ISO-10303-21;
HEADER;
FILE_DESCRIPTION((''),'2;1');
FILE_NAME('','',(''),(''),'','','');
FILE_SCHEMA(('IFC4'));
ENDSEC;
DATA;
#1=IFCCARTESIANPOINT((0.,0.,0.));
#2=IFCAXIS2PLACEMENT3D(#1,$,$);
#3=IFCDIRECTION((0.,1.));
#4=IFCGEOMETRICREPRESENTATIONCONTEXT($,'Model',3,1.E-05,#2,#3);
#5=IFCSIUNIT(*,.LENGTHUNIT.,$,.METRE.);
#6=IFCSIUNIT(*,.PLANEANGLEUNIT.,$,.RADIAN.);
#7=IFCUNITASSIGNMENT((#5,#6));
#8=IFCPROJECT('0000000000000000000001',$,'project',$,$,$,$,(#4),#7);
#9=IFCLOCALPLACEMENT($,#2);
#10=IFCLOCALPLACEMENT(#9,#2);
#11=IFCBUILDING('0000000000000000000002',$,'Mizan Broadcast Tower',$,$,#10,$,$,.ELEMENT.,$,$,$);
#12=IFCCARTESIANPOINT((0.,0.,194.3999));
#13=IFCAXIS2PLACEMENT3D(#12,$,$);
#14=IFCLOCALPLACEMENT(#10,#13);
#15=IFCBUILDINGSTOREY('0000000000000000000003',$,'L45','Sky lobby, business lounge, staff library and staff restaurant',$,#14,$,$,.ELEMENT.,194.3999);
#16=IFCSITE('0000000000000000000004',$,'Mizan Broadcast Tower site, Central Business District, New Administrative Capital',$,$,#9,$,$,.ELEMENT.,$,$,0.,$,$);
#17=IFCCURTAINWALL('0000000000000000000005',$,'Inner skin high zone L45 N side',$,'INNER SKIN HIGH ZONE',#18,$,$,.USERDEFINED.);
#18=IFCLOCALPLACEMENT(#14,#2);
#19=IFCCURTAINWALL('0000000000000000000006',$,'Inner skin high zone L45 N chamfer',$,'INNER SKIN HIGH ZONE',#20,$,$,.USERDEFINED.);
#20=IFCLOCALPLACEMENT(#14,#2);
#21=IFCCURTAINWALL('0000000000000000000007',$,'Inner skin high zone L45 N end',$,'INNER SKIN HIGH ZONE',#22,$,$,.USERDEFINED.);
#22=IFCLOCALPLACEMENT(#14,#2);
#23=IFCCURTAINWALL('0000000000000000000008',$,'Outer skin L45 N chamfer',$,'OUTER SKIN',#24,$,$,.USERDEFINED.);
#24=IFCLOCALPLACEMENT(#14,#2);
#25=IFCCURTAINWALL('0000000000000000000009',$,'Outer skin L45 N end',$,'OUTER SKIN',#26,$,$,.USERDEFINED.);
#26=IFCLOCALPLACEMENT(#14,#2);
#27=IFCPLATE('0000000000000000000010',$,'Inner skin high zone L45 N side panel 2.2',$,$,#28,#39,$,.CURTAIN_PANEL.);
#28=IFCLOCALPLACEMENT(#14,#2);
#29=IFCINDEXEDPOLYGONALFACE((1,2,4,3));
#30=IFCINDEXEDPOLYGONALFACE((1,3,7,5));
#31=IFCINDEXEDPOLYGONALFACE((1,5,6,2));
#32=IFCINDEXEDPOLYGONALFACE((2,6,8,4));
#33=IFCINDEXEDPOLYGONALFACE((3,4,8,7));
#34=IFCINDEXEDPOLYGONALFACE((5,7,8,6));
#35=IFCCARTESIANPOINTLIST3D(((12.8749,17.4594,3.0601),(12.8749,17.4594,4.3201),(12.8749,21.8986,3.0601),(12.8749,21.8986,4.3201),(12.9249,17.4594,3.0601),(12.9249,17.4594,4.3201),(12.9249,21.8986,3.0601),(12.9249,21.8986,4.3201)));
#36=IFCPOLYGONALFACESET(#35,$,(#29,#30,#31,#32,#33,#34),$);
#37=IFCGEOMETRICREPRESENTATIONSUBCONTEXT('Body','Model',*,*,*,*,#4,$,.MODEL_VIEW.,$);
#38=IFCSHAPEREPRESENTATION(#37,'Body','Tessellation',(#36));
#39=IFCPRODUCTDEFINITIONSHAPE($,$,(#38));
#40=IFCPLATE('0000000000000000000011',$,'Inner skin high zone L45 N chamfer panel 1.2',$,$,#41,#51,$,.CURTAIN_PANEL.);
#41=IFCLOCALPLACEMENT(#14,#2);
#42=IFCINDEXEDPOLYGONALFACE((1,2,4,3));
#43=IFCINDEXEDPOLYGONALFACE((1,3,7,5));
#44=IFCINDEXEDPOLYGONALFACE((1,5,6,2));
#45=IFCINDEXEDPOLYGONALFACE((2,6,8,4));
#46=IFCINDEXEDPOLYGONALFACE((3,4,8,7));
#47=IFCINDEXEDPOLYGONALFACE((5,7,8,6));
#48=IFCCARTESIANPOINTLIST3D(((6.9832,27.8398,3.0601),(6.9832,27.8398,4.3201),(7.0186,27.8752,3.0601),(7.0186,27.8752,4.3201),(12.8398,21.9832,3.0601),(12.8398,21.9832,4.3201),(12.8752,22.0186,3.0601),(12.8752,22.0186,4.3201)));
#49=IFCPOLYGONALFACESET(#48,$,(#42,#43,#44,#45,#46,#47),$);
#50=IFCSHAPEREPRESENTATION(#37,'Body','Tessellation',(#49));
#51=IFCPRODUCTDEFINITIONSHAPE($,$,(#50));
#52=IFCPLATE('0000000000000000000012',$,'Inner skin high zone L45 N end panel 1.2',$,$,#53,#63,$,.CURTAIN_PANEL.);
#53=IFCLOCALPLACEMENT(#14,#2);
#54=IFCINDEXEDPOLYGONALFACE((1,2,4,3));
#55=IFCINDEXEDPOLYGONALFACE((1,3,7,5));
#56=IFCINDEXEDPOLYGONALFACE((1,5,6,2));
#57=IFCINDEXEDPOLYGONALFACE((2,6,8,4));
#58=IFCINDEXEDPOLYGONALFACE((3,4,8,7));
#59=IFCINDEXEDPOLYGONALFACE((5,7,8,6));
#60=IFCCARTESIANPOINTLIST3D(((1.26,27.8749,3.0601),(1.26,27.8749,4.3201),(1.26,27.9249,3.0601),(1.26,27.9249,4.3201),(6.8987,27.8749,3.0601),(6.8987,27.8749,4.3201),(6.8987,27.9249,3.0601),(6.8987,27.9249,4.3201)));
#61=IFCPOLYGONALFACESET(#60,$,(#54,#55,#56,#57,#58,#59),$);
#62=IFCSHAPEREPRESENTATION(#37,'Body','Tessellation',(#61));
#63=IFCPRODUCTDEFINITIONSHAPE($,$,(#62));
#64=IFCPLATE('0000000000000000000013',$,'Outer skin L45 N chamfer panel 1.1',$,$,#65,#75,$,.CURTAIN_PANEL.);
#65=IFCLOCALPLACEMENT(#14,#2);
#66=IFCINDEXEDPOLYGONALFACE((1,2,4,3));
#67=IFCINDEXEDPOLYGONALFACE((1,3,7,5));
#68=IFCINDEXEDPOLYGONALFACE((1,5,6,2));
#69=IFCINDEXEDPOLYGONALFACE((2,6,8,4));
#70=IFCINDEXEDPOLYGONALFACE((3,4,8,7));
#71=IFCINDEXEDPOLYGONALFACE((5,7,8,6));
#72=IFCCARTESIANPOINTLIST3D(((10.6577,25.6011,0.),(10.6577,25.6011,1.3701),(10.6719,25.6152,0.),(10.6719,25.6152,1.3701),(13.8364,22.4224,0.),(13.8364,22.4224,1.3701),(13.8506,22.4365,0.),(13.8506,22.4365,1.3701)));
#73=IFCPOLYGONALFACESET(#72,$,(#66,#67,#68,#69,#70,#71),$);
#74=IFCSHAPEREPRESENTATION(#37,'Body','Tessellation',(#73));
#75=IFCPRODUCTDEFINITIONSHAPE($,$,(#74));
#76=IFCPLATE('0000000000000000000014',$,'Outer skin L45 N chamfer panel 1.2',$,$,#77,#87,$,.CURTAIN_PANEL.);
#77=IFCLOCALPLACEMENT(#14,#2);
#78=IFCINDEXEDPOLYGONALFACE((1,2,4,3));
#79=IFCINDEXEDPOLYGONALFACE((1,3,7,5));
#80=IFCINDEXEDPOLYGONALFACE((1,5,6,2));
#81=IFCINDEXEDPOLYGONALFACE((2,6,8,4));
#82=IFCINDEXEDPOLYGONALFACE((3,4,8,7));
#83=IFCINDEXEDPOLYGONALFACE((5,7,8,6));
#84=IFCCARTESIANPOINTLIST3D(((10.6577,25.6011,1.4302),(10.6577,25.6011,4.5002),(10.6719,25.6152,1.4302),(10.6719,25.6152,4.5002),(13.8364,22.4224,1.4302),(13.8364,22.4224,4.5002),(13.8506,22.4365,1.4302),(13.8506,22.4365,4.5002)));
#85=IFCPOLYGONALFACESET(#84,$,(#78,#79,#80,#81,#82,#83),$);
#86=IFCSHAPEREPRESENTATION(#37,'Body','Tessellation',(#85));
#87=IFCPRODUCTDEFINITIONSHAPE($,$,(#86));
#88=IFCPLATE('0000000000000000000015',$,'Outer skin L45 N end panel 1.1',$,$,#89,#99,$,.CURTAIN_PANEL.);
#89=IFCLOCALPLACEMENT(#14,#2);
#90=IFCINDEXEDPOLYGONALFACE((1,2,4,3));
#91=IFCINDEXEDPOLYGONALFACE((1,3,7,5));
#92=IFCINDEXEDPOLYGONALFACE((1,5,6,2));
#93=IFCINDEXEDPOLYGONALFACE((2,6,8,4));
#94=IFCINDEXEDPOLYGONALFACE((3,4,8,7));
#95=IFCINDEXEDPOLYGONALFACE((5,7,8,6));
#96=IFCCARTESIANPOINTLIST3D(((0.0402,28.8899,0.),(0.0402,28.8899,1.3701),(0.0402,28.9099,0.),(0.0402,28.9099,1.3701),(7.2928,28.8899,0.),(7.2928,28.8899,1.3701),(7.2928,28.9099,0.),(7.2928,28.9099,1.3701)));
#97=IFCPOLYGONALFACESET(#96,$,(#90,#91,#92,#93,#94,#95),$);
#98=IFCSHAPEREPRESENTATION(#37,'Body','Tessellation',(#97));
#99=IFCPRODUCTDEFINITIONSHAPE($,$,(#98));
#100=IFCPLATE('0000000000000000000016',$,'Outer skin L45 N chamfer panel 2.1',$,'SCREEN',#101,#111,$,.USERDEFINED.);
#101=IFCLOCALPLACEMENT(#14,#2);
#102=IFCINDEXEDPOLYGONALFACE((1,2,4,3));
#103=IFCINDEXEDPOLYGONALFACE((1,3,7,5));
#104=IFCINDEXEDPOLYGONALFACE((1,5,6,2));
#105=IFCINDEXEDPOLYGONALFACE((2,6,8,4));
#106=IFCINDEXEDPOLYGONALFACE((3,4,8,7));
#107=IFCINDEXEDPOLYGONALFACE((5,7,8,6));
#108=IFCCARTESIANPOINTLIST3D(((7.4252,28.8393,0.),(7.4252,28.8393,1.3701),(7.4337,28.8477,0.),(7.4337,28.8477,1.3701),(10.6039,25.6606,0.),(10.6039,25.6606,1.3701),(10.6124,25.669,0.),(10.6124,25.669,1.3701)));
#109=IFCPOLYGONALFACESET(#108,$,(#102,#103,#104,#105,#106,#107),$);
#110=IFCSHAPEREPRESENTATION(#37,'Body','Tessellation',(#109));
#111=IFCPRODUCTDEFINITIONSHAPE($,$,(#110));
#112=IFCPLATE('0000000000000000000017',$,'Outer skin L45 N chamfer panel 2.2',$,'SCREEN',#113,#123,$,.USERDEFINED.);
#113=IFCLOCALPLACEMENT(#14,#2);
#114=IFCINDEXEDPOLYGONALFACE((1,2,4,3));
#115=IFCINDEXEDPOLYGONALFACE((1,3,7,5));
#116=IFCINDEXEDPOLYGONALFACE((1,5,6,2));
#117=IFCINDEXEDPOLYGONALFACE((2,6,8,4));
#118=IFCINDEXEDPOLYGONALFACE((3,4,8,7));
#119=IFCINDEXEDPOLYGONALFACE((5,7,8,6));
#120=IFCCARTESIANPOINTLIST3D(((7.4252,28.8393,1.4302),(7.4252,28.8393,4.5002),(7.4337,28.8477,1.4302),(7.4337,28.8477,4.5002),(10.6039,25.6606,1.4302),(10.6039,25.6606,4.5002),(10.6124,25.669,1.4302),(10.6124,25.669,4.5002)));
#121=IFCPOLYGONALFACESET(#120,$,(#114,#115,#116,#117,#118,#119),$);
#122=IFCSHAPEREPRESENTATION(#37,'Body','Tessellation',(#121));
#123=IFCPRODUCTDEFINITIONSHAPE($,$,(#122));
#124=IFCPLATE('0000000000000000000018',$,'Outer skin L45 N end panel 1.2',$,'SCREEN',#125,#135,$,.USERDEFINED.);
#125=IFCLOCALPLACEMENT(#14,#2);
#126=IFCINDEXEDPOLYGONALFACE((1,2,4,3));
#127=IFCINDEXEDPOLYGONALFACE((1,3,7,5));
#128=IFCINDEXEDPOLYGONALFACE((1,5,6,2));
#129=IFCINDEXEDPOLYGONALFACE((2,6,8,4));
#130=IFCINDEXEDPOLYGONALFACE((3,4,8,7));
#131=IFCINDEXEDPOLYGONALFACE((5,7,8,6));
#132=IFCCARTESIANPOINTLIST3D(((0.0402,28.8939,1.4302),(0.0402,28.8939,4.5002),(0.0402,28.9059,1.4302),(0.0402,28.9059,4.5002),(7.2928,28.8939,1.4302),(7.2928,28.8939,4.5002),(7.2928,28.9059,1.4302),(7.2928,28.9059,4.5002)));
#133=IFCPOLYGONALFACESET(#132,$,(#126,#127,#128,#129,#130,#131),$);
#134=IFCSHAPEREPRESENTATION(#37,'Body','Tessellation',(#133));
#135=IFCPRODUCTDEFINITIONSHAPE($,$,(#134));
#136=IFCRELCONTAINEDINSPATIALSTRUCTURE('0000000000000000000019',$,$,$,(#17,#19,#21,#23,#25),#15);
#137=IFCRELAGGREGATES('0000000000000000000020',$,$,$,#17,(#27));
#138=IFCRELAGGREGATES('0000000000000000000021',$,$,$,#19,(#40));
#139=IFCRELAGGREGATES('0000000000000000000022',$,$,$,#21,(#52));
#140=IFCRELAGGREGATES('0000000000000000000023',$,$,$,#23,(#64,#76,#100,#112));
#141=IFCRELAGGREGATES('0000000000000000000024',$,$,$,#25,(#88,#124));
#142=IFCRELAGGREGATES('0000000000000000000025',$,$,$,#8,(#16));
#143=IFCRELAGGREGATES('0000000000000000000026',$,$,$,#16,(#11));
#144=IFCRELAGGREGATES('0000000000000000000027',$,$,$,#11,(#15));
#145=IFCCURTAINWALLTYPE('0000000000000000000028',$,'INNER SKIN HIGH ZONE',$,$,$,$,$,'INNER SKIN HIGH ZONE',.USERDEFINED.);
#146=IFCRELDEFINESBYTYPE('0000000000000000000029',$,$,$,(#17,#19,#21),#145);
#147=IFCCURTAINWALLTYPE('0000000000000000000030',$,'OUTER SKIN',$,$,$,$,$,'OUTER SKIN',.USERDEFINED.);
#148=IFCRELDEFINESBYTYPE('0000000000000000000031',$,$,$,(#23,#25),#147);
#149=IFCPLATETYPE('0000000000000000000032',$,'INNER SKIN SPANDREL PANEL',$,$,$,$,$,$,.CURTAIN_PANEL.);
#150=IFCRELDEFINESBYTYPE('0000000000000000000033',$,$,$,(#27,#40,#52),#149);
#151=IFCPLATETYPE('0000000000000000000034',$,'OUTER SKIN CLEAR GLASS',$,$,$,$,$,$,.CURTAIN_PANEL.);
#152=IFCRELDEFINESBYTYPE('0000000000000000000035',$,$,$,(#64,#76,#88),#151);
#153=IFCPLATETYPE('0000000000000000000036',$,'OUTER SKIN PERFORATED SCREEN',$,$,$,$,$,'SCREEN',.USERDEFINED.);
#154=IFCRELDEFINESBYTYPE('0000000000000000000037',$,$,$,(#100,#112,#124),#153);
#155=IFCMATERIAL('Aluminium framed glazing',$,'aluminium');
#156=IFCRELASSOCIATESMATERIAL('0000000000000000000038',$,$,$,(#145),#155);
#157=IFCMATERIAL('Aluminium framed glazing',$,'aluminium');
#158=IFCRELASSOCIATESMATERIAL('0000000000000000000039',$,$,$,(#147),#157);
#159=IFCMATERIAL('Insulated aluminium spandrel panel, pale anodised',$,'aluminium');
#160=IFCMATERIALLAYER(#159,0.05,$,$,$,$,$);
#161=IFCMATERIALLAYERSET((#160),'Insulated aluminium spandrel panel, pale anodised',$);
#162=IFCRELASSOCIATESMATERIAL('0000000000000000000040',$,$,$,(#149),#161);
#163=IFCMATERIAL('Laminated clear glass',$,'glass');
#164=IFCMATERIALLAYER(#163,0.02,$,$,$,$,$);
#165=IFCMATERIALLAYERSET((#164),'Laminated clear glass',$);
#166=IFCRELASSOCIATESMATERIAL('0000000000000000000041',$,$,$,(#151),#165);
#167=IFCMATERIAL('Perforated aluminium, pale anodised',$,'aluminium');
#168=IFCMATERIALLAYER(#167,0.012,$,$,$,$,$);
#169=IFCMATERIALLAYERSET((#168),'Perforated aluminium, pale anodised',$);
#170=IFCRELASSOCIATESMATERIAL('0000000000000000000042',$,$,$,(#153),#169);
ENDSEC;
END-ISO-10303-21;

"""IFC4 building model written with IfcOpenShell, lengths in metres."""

from ifc_helpers import new_model, si_unit, direction, frame, origin, origin_2d, place, context, subcontext, project, spatial, rectangle, extrude, material, layer, layer_set, type_object, element, aggregate, save


model = new_model("IFC4")

# Units and contexts
model_context = context("Model", 3, precision=1e-05, world=origin(), true_north=direction((0.0, 1.0)))
body_context = subcontext(model_context, "Body", "Model", "MODEL_VIEW")
ifc_project = project(units=[si_unit("LENGTHUNIT", "METRE"), si_unit("PLANEANGLEUNIT", "RADIAN")], contexts=[model_context])

# Site, building, storey
site_placement = place(None, origin())
site = spatial("IfcSite", under=ifc_project, at=site_placement, Name="Mizan Broadcast Tower site, Central Business District, New Administrative Capital", CompositionType="ELEMENT", RefElevation=0.0)
building_placement = place(site_placement, origin())
building = spatial("IfcBuilding", under=site, at=building_placement, Name="Mizan Broadcast Tower", CompositionType="ELEMENT")
storey_placement = place(building_placement, frame((0.0, 0.0, 194.3999)))
storey = spatial("IfcBuildingStorey", under=building, at=storey_placement, Name="L45", Description="Sky lobby, business lounge, staff library and staff restaurant", CompositionType="ELEMENT", Elevation=194.3999)

# Curtain wall
ifc_material_1 = material(Name="Aluminium framed glazing", Category="aluminium")
curtain_wall_type_1 = type_object("IfcCurtainWallType", Name="INNER SKIN HIGH ZONE", ElementType="INNER SKIN HIGH ZONE", PredefinedType="USERDEFINED", material=ifc_material_1)
curtain_wall_1_placement = place(storey_placement, origin())
curtain_wall_1 = element("IfcCurtainWall", 1, at=curtain_wall_1_placement, inside=storey, type_object=curtain_wall_type_1, Name="Inner skin high zone L45 N side", ObjectType="INNER SKIN HIGH ZONE", PredefinedType="USERDEFINED")

# Curtain walls
curtain_wall_2_placement = place(storey_placement, origin())
curtain_wall_2 = element("IfcCurtainWall", 2, at=curtain_wall_2_placement, inside=storey, type_object=curtain_wall_type_1, Name="Inner skin high zone L45 N chamfer", ObjectType="INNER SKIN HIGH ZONE", PredefinedType="USERDEFINED")
curtain_wall_3_placement = place(storey_placement, origin())
curtain_wall_3 = element("IfcCurtainWall", 3, at=curtain_wall_3_placement, inside=storey, type_object=curtain_wall_type_1, Name="Inner skin high zone L45 N end", ObjectType="INNER SKIN HIGH ZONE", PredefinedType="USERDEFINED")

# Curtain wall
ifc_material_2 = material(Name="Aluminium framed glazing", Category="aluminium")
curtain_wall_type_2 = type_object("IfcCurtainWallType", Name="OUTER SKIN", ElementType="OUTER SKIN", PredefinedType="USERDEFINED", material=ifc_material_2)
curtain_wall_4_placement = place(storey_placement, origin())
curtain_wall_4 = element("IfcCurtainWall", 4, at=curtain_wall_4_placement, inside=storey, type_object=curtain_wall_type_2, Name="Outer skin L45 N chamfer", ObjectType="OUTER SKIN", PredefinedType="USERDEFINED")

# Curtain wall
curtain_wall_5_placement = place(storey_placement, origin())
curtain_wall_5 = element("IfcCurtainWall", 5, at=curtain_wall_5_placement, inside=storey, type_object=curtain_wall_type_2, Name="Outer skin L45 N end", ObjectType="OUTER SKIN", PredefinedType="USERDEFINED")

# Plates
ifc_material_3 = material(Name="Insulated aluminium spandrel panel, pale anodised", Category="aluminium")
ifc_layer_1 = layer(ifc_material_3, 0.05)
ifc_layer_set_1 = layer_set([ifc_layer_1], Name="Insulated aluminium spandrel panel, pale anodised")
plate_type_1 = type_object("IfcPlateType", Name="INNER SKIN SPANDREL PANEL", PredefinedType="CURTAIN_PANEL", material=ifc_layer_set_1)
plate_1_placement = place(storey_placement, frame((12.8999, 19.679, 3.0601), z_axis=(0.0, 0.0, 1.0), x_axis=(0.0, 1.0, 0.0)))
plate_1 = element("IfcPlate", 6, at=plate_1_placement, type_object=plate_type_1, Name="Inner skin high zone L45 N side panel 2.2", PredefinedType="CURTAIN_PANEL", context=body_context, shape_type="SweptSolid", body=[
    extrude(rectangle(XDim=4.4392, YDim=0.05, at=origin_2d()), origin(), (0.0, 0.0, 1.0), 1.26),
])
aggregate(curtain_wall_1, [plate_1])
plate_2_placement = place(storey_placement, frame((9.9292, 24.9292, 3.0601), z_axis=(0.0, 0.0, 1.0), x_axis=(-0.707107, 0.707107, 0.0)))
plate_2 = element("IfcPlate", 7, at=plate_2_placement, type_object=plate_type_1, Name="Inner skin high zone L45 N chamfer panel 1.2", PredefinedType="CURTAIN_PANEL", context=body_context, shape_type="SweptSolid", body=[
    extrude(rectangle(XDim=8.2825, YDim=0.05, at=origin_2d()), origin(), (0.0, 0.0, 1.0), 1.26),
])
aggregate(curtain_wall_2, [plate_2])
plate_3_placement = place(storey_placement, frame((4.0793, 27.8999, 3.0601), z_axis=(0.0, 0.0, 1.0), x_axis=(-1.0, 0.0, 0.0)))
plate_3 = element("IfcPlate", 8, at=plate_3_placement, type_object=plate_type_1, Name="Inner skin high zone L45 N end panel 1.2", PredefinedType="CURTAIN_PANEL", context=body_context, shape_type="SweptSolid", body=[
    extrude(rectangle(XDim=5.6387, YDim=0.05, at=origin_2d()), origin(), (0.0, 0.0, 1.0), 1.26),
])
aggregate(curtain_wall_3, [plate_3])
ifc_material_4 = material(Name="Laminated clear glass", Category="glass")
ifc_layer_2 = layer(ifc_material_4, 0.02)
ifc_layer_set_2 = layer_set([ifc_layer_2], Name="Laminated clear glass")
plate_type_2 = type_object("IfcPlateType", Name="OUTER SKIN CLEAR GLASS", PredefinedType="CURTAIN_PANEL", material=ifc_layer_set_2)
plate_4_placement = place(storey_placement, frame((12.2542, 24.0188, 0.0), z_axis=(0.0, 0.0, 1.0), x_axis=(-0.707107, 0.707107, 0.0)))
plate_4 = element("IfcPlate", 9, at=plate_4_placement, type_object=plate_type_2, Name="Outer skin L45 N chamfer panel 1.1", PredefinedType="CURTAIN_PANEL", context=body_context, shape_type="SweptSolid", body=[
    extrude(rectangle(XDim=4.4954, YDim=0.02, at=origin_2d()), origin(), (0.0, 0.0, 1.0), 1.3701),
])
plate_5_placement = place(storey_placement, frame((12.2542, 24.0188, 1.4302), z_axis=(0.0, 0.0, 1.0), x_axis=(-0.707107, 0.707107, 0.0)))
plate_5 = element("IfcPlate", 10, at=plate_5_placement, type_object=plate_type_2, Name="Outer skin L45 N chamfer panel 1.2", PredefinedType="CURTAIN_PANEL", context=body_context, shape_type="SweptSolid", body=[
    extrude(rectangle(XDim=4.4954, YDim=0.02, at=origin_2d()), origin(), (0.0, 0.0, 1.0), 3.0701),
])
plate_6_placement = place(storey_placement, frame((3.6665, 28.8999, 0.0), z_axis=(0.0, 0.0, 1.0), x_axis=(-1.0, 0.0, 0.0)))
plate_6 = element("IfcPlate", 11, at=plate_6_placement, type_object=plate_type_2, Name="Outer skin L45 N end panel 1.1", PredefinedType="CURTAIN_PANEL", context=body_context, shape_type="SweptSolid", body=[
    extrude(rectangle(XDim=7.2527, YDim=0.02, at=origin_2d()), origin(), (0.0, 0.0, 1.0), 1.3701),
])
ifc_material_5 = material(Name="Perforated aluminium, pale anodised", Category="aluminium")
ifc_layer_3 = layer(ifc_material_5, 0.012)
ifc_layer_set_3 = layer_set([ifc_layer_3], Name="Perforated aluminium, pale anodised")
plate_type_3 = type_object("IfcPlateType", Name="OUTER SKIN PERFORATED SCREEN", ElementType="SCREEN", PredefinedType="USERDEFINED", material=ifc_layer_set_3)
plate_7_placement = place(storey_placement, frame((9.0188, 27.2542, 0.0), z_axis=(0.0, 0.0, 1.0), x_axis=(-0.707107, 0.707107, 0.0)))
plate_7 = element("IfcPlate", 12, at=plate_7_placement, type_object=plate_type_3, Name="Outer skin L45 N chamfer panel 2.1", ObjectType="SCREEN", PredefinedType="USERDEFINED", context=body_context, shape_type="SweptSolid", body=[
    extrude(rectangle(XDim=4.4954, YDim=0.012, at=origin_2d()), origin(), (0.0, 0.0, 1.0), 1.3701),
])
plate_8_placement = place(storey_placement, frame((9.0188, 27.2542, 1.4302), z_axis=(0.0, 0.0, 1.0), x_axis=(-0.707107, 0.707107, 0.0)))
plate_8 = element("IfcPlate", 13, at=plate_8_placement, type_object=plate_type_3, Name="Outer skin L45 N chamfer panel 2.2", ObjectType="SCREEN", PredefinedType="USERDEFINED", context=body_context, shape_type="SweptSolid", body=[
    extrude(rectangle(XDim=4.4954, YDim=0.012, at=origin_2d()), origin(), (0.0, 0.0, 1.0), 3.0701),
])
aggregate(curtain_wall_4, [plate_4, plate_5, plate_7, plate_8])
plate_9_placement = place(storey_placement, frame((3.6665, 28.8999, 1.4302), z_axis=(0.0, 0.0, 1.0), x_axis=(-1.0, 0.0, 0.0)))
plate_9 = element("IfcPlate", 14, at=plate_9_placement, type_object=plate_type_3, Name="Outer skin L45 N end panel 1.2", ObjectType="SCREEN", PredefinedType="USERDEFINED", context=body_context, shape_type="SweptSolid", body=[
    extrude(rectangle(XDim=7.2527, YDim=0.012, at=origin_2d()), origin(), (0.0, 0.0, 1.0), 3.0701),
])
aggregate(curtain_wall_5, [plate_6, plate_9])

save(model, "model.ifc")
